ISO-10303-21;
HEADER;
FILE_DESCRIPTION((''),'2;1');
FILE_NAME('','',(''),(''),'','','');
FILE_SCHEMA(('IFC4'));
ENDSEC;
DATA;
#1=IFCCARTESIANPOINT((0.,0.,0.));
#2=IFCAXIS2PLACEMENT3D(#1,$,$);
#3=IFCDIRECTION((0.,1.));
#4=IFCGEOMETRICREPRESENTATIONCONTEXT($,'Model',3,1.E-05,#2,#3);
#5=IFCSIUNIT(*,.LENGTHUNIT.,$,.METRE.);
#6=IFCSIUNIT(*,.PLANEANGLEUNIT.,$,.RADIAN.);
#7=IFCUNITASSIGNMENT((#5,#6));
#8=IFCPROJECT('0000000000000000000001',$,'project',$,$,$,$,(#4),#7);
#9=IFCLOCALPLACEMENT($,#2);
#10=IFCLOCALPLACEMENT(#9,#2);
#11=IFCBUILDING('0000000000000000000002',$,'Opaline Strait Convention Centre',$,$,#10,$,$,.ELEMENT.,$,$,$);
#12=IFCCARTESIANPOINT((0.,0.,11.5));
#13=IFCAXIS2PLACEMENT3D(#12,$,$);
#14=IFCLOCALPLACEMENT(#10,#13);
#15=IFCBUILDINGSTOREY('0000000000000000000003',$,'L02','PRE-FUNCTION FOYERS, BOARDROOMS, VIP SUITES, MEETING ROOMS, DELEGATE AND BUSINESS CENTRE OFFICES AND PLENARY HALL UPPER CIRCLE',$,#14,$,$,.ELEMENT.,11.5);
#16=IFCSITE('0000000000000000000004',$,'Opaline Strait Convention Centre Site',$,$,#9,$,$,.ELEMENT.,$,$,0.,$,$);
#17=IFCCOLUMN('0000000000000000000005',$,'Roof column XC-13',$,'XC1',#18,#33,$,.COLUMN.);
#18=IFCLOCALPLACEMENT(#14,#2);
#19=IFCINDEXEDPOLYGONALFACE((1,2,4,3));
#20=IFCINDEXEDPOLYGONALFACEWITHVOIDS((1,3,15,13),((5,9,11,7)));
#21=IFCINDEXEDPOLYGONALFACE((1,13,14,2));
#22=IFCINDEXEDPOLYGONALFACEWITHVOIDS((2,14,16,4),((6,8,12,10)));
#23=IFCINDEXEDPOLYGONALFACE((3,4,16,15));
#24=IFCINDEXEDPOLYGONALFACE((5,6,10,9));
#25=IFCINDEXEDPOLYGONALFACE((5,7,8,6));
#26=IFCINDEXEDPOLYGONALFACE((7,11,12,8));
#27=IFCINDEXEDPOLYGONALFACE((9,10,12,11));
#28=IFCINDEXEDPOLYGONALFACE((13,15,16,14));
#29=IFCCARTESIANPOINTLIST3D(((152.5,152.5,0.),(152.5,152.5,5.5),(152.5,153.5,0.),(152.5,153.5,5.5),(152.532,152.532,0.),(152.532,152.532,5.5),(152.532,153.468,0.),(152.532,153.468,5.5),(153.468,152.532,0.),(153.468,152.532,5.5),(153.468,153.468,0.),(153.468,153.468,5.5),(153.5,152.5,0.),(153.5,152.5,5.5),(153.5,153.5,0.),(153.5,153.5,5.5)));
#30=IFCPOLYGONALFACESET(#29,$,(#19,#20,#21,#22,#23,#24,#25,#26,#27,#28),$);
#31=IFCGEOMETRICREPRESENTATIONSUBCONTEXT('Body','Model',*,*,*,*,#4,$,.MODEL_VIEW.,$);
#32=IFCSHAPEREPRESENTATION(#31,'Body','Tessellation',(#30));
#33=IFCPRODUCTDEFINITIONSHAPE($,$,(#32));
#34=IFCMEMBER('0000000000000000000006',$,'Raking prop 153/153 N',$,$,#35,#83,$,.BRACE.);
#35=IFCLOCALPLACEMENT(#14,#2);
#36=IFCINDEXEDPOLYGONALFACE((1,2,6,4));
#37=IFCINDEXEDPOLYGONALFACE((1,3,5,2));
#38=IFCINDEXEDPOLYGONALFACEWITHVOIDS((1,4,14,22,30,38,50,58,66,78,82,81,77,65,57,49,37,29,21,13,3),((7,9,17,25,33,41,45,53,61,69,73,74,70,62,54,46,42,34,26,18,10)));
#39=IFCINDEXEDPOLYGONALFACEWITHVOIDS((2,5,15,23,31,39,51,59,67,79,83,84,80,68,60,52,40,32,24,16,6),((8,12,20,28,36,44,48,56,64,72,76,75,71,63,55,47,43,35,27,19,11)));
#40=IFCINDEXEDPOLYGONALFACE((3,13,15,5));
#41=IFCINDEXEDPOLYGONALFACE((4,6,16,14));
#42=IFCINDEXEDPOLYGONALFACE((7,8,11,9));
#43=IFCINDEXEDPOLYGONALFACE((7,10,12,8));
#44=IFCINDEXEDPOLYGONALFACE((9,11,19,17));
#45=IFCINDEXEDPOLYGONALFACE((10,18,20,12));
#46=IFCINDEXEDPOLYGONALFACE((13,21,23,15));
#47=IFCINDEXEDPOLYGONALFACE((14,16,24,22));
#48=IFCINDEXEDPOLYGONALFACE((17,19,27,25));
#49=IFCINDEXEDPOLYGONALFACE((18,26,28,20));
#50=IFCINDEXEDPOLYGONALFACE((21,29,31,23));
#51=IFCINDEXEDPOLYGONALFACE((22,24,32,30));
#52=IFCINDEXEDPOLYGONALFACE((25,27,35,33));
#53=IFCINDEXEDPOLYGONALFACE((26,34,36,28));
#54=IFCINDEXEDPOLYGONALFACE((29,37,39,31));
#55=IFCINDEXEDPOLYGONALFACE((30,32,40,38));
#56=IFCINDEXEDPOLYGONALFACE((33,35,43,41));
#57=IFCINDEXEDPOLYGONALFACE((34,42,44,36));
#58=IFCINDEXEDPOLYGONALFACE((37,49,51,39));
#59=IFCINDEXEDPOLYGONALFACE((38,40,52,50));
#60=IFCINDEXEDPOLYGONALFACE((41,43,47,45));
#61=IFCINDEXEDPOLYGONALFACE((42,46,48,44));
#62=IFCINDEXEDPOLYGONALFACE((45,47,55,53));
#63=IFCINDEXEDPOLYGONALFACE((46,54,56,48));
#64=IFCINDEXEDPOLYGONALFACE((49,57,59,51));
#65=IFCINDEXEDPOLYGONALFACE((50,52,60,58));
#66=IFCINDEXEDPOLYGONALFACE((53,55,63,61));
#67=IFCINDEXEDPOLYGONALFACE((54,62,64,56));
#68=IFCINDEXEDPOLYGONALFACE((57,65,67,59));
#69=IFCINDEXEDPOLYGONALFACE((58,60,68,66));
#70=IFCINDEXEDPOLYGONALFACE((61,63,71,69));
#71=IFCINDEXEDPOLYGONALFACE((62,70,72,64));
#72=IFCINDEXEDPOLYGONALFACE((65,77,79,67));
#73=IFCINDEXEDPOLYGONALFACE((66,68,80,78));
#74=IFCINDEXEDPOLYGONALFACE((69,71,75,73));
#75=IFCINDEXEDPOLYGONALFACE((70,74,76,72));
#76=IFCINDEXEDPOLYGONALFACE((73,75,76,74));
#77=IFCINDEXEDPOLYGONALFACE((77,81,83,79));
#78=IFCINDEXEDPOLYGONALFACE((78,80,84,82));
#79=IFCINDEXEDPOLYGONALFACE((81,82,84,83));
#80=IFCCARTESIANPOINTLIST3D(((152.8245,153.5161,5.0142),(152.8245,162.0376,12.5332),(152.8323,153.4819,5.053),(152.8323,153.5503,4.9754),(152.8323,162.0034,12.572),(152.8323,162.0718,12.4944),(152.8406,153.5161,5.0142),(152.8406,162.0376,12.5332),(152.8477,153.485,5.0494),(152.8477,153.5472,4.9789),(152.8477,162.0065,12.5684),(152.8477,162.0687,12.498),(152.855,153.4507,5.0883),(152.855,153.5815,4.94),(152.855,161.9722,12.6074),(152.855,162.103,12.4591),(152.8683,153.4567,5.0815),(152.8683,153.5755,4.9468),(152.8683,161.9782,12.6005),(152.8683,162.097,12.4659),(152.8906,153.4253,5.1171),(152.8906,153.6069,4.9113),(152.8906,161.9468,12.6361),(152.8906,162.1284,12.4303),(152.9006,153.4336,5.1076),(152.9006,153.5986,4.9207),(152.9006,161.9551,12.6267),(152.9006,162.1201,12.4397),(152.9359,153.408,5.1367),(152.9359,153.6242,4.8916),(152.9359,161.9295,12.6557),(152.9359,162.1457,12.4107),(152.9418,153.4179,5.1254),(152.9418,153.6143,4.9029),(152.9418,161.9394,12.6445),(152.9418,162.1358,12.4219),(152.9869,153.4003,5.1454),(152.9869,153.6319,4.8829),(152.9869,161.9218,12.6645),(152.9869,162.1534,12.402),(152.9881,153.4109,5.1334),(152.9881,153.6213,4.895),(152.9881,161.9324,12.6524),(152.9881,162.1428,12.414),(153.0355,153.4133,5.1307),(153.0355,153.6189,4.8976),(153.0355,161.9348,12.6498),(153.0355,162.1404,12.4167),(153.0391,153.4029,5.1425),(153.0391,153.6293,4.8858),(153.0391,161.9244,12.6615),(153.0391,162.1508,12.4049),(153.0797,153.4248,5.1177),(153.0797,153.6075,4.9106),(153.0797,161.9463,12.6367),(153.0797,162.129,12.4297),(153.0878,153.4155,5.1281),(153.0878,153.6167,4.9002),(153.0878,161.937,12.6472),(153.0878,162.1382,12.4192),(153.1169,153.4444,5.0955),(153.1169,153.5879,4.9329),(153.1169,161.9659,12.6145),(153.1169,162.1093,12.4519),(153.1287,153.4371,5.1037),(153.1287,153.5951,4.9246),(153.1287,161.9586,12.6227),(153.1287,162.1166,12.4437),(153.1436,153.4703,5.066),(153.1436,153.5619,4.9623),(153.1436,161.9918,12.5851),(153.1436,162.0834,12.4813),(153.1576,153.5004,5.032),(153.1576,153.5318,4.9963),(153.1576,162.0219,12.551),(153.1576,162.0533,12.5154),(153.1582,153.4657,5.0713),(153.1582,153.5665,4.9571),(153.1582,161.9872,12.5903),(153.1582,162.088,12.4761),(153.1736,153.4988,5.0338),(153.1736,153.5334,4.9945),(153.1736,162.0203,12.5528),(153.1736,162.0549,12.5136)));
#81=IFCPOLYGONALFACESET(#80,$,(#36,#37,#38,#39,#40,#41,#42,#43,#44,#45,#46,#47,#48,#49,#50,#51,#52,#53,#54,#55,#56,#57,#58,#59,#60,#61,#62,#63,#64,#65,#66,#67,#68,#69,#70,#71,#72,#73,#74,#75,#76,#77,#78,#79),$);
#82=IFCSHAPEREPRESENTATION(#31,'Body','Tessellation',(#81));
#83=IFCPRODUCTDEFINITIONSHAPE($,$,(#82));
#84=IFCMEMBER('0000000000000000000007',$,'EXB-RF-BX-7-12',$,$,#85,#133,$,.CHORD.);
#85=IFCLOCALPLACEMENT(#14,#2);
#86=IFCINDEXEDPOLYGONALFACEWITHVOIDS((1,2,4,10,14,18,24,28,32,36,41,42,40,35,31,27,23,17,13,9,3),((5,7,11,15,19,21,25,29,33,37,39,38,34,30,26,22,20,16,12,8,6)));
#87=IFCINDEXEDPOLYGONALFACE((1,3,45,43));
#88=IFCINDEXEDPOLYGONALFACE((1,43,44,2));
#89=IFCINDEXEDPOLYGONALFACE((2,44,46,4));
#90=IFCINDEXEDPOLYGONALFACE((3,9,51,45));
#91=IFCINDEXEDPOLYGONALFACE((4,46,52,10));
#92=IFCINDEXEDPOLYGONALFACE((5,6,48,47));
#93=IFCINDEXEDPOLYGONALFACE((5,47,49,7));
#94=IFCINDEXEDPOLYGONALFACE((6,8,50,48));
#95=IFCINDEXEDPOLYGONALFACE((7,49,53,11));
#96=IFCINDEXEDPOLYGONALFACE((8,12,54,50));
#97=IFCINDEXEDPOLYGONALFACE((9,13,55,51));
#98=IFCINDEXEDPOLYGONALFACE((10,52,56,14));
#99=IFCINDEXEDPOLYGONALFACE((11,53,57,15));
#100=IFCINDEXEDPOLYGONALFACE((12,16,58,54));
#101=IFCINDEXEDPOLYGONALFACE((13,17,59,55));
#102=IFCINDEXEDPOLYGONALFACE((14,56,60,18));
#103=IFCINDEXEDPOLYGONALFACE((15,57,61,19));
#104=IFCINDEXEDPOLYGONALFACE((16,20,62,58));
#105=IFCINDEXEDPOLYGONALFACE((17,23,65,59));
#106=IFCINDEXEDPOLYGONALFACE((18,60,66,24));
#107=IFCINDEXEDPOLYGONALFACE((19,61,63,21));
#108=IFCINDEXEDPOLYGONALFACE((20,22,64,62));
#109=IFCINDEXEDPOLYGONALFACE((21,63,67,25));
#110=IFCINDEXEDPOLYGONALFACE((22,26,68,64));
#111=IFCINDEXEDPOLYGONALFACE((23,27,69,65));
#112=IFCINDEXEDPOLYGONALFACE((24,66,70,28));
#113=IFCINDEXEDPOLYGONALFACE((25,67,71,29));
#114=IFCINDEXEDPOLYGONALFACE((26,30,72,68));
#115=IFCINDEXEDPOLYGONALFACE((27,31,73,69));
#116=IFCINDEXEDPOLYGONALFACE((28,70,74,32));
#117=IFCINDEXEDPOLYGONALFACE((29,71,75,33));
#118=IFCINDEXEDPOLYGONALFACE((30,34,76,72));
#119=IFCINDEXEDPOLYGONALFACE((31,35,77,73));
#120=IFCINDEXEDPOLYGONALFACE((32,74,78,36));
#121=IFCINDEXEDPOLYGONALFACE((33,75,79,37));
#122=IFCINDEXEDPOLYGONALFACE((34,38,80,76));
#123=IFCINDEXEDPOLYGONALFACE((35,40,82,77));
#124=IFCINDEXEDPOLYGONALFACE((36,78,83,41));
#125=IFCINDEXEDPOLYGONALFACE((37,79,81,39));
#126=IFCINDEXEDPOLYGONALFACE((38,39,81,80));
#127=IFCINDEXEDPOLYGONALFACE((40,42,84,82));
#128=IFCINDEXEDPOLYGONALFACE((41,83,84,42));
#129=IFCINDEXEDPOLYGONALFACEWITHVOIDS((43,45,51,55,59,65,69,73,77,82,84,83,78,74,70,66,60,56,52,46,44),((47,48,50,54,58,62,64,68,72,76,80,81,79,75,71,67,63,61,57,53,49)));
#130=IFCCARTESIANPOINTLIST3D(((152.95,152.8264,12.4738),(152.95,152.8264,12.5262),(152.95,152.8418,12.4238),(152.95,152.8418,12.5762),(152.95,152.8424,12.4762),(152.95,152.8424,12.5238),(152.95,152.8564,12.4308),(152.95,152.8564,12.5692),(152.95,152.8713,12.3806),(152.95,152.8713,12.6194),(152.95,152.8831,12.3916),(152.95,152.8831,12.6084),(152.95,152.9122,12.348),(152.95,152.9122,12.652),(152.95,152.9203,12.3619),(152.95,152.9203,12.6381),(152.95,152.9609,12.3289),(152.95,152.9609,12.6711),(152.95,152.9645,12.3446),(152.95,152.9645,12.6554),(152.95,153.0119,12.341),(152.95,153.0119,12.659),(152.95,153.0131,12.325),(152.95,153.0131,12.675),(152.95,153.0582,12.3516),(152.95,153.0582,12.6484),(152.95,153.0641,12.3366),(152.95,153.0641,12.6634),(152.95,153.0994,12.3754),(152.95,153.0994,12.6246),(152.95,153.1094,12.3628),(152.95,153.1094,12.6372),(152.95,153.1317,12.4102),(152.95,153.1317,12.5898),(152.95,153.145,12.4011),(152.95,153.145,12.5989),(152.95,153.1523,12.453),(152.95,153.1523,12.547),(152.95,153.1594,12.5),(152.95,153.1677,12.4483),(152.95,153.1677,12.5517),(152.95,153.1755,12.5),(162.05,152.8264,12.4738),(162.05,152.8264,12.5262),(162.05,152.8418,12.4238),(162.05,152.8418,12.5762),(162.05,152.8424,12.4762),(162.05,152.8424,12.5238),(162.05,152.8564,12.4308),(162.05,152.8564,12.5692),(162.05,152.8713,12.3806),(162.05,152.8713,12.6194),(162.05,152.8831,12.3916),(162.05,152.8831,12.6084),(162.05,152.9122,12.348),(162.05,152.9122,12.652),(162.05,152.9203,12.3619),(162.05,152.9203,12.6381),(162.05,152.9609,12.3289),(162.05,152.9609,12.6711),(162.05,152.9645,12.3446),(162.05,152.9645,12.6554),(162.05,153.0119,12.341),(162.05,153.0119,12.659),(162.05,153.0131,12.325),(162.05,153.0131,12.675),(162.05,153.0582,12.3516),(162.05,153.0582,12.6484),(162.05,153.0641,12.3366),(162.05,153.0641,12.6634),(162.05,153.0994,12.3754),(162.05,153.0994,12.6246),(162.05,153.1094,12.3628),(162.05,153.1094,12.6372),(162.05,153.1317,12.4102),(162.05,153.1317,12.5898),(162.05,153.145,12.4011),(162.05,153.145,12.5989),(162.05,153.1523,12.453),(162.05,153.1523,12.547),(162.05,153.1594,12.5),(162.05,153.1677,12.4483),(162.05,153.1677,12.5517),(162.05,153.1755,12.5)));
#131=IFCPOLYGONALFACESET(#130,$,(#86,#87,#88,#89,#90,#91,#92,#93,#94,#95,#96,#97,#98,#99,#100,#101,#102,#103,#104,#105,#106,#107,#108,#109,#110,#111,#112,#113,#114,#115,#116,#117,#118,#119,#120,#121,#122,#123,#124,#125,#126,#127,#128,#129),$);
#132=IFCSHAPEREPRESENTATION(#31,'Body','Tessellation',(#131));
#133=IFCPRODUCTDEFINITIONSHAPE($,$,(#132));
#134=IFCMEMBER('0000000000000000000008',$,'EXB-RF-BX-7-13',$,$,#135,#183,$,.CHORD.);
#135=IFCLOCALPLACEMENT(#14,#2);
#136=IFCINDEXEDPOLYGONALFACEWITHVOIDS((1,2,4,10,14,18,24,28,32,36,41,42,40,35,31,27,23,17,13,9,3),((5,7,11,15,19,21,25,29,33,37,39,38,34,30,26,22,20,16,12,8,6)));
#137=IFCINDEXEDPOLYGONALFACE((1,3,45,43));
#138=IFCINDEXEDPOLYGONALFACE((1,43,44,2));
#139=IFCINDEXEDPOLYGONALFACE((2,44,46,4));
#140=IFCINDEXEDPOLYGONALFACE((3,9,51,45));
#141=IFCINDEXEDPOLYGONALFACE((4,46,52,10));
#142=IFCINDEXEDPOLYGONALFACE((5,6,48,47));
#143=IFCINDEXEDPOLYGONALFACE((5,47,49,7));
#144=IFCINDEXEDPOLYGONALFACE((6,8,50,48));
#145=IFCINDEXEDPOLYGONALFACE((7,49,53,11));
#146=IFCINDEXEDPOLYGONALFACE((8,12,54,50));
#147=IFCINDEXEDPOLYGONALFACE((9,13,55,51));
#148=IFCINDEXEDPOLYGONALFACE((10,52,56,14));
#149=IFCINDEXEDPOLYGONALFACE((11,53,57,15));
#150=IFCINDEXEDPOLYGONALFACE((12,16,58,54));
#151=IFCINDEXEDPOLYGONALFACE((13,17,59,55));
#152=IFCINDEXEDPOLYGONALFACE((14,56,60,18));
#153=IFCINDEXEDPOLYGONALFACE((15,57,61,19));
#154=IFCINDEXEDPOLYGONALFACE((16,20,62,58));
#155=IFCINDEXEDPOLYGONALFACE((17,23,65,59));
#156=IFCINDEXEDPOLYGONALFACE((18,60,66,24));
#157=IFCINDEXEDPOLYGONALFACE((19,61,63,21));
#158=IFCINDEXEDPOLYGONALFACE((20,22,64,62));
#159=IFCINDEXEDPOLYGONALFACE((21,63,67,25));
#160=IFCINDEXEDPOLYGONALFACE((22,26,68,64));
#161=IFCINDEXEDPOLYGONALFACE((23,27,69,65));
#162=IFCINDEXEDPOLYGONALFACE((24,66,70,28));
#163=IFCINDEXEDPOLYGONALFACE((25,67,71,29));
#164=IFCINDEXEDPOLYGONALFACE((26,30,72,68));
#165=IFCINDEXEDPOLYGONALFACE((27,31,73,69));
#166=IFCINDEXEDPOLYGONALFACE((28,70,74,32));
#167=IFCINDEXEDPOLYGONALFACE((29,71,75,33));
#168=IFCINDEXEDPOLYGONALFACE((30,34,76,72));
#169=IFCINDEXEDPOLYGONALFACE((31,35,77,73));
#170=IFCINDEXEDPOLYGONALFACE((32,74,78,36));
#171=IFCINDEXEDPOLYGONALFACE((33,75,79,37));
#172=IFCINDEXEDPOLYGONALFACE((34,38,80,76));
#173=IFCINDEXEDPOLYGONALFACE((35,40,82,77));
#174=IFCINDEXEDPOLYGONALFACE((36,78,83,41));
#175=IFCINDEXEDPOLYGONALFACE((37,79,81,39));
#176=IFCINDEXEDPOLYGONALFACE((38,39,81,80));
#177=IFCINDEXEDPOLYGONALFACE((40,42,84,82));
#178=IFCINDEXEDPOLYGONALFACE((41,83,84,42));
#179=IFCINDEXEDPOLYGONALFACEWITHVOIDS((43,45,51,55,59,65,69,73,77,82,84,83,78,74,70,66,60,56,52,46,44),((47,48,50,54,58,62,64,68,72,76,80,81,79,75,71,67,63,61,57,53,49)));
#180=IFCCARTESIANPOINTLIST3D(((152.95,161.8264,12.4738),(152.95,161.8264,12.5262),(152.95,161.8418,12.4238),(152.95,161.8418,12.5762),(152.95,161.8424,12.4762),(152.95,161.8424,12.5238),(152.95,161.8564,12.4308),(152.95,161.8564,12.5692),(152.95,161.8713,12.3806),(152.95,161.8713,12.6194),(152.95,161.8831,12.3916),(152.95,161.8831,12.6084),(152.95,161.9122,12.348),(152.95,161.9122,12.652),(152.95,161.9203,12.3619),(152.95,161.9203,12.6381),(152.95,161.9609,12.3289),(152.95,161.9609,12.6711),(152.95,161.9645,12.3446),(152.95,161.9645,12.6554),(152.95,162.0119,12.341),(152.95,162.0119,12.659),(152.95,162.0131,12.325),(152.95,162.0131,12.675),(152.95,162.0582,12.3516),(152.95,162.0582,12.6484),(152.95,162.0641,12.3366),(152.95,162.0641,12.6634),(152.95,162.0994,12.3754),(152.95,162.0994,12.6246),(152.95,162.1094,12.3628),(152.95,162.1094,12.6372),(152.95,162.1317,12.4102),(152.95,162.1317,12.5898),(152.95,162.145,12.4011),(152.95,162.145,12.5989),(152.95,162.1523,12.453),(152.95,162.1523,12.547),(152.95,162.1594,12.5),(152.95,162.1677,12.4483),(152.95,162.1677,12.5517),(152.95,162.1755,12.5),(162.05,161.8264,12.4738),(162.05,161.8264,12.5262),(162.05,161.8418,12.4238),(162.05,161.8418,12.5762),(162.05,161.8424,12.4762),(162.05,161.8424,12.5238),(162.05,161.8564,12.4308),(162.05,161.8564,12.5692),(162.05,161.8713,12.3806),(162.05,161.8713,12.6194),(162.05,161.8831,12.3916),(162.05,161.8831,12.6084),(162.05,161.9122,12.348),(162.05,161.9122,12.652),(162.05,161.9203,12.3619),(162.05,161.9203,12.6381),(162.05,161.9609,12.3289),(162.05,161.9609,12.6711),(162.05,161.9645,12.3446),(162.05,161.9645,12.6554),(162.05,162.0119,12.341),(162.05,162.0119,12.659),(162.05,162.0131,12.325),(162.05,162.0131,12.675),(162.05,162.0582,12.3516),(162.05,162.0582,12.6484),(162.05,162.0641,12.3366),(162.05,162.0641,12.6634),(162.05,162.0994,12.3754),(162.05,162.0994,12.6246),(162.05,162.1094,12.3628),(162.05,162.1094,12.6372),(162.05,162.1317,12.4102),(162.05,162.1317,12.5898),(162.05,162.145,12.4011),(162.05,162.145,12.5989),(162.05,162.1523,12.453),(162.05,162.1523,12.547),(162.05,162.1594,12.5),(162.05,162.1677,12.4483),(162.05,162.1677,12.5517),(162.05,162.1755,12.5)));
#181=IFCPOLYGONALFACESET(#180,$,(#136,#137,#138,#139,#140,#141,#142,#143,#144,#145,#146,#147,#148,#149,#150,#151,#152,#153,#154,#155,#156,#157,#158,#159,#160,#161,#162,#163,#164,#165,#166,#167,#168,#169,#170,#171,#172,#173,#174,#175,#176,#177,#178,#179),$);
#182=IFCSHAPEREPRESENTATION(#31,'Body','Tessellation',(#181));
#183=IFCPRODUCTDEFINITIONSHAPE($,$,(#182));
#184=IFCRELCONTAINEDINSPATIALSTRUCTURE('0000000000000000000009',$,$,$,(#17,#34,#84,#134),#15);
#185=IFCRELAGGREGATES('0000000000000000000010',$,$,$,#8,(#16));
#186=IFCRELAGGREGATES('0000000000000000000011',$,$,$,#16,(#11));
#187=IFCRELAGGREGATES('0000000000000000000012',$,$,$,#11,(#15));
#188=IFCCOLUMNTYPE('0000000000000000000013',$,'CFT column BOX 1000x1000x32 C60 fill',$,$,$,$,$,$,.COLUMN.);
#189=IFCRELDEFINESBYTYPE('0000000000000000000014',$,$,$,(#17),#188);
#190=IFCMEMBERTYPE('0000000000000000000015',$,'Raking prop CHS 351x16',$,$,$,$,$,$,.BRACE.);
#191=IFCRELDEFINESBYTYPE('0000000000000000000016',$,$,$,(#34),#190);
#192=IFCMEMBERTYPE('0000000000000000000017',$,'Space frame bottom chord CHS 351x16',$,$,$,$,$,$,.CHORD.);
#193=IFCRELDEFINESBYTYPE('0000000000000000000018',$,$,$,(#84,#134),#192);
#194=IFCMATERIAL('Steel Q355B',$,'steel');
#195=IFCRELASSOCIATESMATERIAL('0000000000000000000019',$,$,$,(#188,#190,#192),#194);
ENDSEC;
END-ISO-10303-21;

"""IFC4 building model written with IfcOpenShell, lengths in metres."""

from ifc_helpers import new_model, si_unit, direction, frame, origin, origin_2d, place, context, subcontext, project, spatial, hollow_rectangle, hollow_circle, extrude, material, material_profile, profile_set, type_object, element, save


model = new_model("IFC4")

# Units and contexts
model_context = context("Model", 3, precision=1e-05, world=origin(), true_north=direction((0.0, 1.0)))
body_context = subcontext(model_context, "Body", "Model", "MODEL_VIEW")
ifc_project = project(units=[si_unit("LENGTHUNIT", "METRE"), si_unit("PLANEANGLEUNIT", "RADIAN")], contexts=[model_context])

# Site, building, storey
site_placement = place(None, origin())
site = spatial("IfcSite", under=ifc_project, at=site_placement, Name="Opaline Strait Convention Centre Site", CompositionType="ELEMENT", RefElevation=0.0)
building_placement = place(site_placement, origin())
building = spatial("IfcBuilding", under=site, at=building_placement, Name="Opaline Strait Convention Centre", CompositionType="ELEMENT")
storey_placement = place(building_placement, frame((0.0, 0.0, 11.5)))
storey = spatial("IfcBuildingStorey", under=building, at=storey_placement, Name="L02", Description="PRE-FUNCTION FOYERS, BOARDROOMS, VIP SUITES, MEETING ROOMS, DELEGATE AND BUSINESS CENTRE OFFICES AND PLENARY HALL UPPER CIRCLE", CompositionType="ELEMENT", Elevation=11.5)

# Column
ifc_material_1 = material(Name="Steel Q355B", Category="steel")
ifc_material_profile_1 = material_profile(ifc_material_1, hollow_rectangle(XDim=1.0, YDim=1.0, WallThickness=0.032, at=origin_2d()), Name="BOX 1000x1000x32")
ifc_profile_set_1 = profile_set([ifc_material_profile_1], Name="Steel Q355B")
column_type = type_object("IfcColumnType", Name="CFT column BOX 1000x1000x32 C60 fill", PredefinedType="COLUMN", material=ifc_profile_set_1)
column_placement = place(storey_placement, frame((153.0, 153.0, 0.0), z_axis=(0.0, 0.0, 1.0), x_axis=(1.0, 0.0, 0.0)))
element("IfcColumn", 1, at=column_placement, inside=storey, type_object=column_type, Name="Roof column XC-13", ObjectType="XC1", PredefinedType="COLUMN", context=body_context, shape_type="SweptSolid", body=[
    extrude(hollow_rectangle(XDim=1.0, YDim=1.0, WallThickness=0.032, at=origin_2d()), origin(), (0.0, 0.0, 1.0), 5.5),
])

# Members
ifc_material_profile_2 = material_profile(ifc_material_1, hollow_circle(Radius=0.1755, WallThickness=0.0161, at=origin_2d()), Name="CHS 351x16")
ifc_profile_set_2 = profile_set([ifc_material_profile_2], Name="Steel Q355B")
member_type_1 = type_object("IfcMemberType", Name="Raking prop CHS 351x16", PredefinedType="BRACE", material=ifc_profile_set_2)
member_1_placement = place(storey_placement, frame((153.0, 153.5161, 5.0142), z_axis=(0.0, 0.749834, 0.661626), x_axis=(-1.0, 0.0, 0.0)))
element("IfcMember", 2, at=member_1_placement, inside=storey, type_object=member_type_1, Name="Raking prop 153/153 N", PredefinedType="BRACE", context=body_context, shape_type="SweptSolid", body=[
    extrude(hollow_circle(Radius=0.1755, WallThickness=0.0161, at=origin_2d()), origin(), (0.0, 0.0, 1.0), 11.3645),
])
ifc_material_profile_3 = material_profile(ifc_material_1, hollow_circle(Radius=0.1755, WallThickness=0.0161, at=origin_2d()), Name="CHS 351x16")
ifc_profile_set_3 = profile_set([ifc_material_profile_3], Name="Steel Q355B")
member_type_2 = type_object("IfcMemberType", Name="Space frame bottom chord CHS 351x16", PredefinedType="CHORD", material=ifc_profile_set_3)
for number, where, z_axis, x_axis, name in (
    (3, (152.95, 153.0, 12.5), (1.0, 0.0, 0.0), (0.0, 1.0, 0.0), "EXB-RF-BX-7-12"),
    (4, (152.95, 162.0, 12.5), (1.0, 0.0, 0.0), (0.0, 1.0, 0.0), "EXB-RF-BX-7-13"),
):
    element("IfcMember", number, at=place(storey_placement, frame(where, z_axis=z_axis, x_axis=x_axis)), inside=storey, type_object=member_type_2, Name=name, PredefinedType="CHORD", context=body_context, shape_type="SweptSolid", body=[
        extrude(hollow_circle(Radius=0.1755, WallThickness=0.0161, at=origin_2d()), origin(), (0.0, 0.0, 1.0), 9.1001),
    ])

save(model, "model.ifc")
